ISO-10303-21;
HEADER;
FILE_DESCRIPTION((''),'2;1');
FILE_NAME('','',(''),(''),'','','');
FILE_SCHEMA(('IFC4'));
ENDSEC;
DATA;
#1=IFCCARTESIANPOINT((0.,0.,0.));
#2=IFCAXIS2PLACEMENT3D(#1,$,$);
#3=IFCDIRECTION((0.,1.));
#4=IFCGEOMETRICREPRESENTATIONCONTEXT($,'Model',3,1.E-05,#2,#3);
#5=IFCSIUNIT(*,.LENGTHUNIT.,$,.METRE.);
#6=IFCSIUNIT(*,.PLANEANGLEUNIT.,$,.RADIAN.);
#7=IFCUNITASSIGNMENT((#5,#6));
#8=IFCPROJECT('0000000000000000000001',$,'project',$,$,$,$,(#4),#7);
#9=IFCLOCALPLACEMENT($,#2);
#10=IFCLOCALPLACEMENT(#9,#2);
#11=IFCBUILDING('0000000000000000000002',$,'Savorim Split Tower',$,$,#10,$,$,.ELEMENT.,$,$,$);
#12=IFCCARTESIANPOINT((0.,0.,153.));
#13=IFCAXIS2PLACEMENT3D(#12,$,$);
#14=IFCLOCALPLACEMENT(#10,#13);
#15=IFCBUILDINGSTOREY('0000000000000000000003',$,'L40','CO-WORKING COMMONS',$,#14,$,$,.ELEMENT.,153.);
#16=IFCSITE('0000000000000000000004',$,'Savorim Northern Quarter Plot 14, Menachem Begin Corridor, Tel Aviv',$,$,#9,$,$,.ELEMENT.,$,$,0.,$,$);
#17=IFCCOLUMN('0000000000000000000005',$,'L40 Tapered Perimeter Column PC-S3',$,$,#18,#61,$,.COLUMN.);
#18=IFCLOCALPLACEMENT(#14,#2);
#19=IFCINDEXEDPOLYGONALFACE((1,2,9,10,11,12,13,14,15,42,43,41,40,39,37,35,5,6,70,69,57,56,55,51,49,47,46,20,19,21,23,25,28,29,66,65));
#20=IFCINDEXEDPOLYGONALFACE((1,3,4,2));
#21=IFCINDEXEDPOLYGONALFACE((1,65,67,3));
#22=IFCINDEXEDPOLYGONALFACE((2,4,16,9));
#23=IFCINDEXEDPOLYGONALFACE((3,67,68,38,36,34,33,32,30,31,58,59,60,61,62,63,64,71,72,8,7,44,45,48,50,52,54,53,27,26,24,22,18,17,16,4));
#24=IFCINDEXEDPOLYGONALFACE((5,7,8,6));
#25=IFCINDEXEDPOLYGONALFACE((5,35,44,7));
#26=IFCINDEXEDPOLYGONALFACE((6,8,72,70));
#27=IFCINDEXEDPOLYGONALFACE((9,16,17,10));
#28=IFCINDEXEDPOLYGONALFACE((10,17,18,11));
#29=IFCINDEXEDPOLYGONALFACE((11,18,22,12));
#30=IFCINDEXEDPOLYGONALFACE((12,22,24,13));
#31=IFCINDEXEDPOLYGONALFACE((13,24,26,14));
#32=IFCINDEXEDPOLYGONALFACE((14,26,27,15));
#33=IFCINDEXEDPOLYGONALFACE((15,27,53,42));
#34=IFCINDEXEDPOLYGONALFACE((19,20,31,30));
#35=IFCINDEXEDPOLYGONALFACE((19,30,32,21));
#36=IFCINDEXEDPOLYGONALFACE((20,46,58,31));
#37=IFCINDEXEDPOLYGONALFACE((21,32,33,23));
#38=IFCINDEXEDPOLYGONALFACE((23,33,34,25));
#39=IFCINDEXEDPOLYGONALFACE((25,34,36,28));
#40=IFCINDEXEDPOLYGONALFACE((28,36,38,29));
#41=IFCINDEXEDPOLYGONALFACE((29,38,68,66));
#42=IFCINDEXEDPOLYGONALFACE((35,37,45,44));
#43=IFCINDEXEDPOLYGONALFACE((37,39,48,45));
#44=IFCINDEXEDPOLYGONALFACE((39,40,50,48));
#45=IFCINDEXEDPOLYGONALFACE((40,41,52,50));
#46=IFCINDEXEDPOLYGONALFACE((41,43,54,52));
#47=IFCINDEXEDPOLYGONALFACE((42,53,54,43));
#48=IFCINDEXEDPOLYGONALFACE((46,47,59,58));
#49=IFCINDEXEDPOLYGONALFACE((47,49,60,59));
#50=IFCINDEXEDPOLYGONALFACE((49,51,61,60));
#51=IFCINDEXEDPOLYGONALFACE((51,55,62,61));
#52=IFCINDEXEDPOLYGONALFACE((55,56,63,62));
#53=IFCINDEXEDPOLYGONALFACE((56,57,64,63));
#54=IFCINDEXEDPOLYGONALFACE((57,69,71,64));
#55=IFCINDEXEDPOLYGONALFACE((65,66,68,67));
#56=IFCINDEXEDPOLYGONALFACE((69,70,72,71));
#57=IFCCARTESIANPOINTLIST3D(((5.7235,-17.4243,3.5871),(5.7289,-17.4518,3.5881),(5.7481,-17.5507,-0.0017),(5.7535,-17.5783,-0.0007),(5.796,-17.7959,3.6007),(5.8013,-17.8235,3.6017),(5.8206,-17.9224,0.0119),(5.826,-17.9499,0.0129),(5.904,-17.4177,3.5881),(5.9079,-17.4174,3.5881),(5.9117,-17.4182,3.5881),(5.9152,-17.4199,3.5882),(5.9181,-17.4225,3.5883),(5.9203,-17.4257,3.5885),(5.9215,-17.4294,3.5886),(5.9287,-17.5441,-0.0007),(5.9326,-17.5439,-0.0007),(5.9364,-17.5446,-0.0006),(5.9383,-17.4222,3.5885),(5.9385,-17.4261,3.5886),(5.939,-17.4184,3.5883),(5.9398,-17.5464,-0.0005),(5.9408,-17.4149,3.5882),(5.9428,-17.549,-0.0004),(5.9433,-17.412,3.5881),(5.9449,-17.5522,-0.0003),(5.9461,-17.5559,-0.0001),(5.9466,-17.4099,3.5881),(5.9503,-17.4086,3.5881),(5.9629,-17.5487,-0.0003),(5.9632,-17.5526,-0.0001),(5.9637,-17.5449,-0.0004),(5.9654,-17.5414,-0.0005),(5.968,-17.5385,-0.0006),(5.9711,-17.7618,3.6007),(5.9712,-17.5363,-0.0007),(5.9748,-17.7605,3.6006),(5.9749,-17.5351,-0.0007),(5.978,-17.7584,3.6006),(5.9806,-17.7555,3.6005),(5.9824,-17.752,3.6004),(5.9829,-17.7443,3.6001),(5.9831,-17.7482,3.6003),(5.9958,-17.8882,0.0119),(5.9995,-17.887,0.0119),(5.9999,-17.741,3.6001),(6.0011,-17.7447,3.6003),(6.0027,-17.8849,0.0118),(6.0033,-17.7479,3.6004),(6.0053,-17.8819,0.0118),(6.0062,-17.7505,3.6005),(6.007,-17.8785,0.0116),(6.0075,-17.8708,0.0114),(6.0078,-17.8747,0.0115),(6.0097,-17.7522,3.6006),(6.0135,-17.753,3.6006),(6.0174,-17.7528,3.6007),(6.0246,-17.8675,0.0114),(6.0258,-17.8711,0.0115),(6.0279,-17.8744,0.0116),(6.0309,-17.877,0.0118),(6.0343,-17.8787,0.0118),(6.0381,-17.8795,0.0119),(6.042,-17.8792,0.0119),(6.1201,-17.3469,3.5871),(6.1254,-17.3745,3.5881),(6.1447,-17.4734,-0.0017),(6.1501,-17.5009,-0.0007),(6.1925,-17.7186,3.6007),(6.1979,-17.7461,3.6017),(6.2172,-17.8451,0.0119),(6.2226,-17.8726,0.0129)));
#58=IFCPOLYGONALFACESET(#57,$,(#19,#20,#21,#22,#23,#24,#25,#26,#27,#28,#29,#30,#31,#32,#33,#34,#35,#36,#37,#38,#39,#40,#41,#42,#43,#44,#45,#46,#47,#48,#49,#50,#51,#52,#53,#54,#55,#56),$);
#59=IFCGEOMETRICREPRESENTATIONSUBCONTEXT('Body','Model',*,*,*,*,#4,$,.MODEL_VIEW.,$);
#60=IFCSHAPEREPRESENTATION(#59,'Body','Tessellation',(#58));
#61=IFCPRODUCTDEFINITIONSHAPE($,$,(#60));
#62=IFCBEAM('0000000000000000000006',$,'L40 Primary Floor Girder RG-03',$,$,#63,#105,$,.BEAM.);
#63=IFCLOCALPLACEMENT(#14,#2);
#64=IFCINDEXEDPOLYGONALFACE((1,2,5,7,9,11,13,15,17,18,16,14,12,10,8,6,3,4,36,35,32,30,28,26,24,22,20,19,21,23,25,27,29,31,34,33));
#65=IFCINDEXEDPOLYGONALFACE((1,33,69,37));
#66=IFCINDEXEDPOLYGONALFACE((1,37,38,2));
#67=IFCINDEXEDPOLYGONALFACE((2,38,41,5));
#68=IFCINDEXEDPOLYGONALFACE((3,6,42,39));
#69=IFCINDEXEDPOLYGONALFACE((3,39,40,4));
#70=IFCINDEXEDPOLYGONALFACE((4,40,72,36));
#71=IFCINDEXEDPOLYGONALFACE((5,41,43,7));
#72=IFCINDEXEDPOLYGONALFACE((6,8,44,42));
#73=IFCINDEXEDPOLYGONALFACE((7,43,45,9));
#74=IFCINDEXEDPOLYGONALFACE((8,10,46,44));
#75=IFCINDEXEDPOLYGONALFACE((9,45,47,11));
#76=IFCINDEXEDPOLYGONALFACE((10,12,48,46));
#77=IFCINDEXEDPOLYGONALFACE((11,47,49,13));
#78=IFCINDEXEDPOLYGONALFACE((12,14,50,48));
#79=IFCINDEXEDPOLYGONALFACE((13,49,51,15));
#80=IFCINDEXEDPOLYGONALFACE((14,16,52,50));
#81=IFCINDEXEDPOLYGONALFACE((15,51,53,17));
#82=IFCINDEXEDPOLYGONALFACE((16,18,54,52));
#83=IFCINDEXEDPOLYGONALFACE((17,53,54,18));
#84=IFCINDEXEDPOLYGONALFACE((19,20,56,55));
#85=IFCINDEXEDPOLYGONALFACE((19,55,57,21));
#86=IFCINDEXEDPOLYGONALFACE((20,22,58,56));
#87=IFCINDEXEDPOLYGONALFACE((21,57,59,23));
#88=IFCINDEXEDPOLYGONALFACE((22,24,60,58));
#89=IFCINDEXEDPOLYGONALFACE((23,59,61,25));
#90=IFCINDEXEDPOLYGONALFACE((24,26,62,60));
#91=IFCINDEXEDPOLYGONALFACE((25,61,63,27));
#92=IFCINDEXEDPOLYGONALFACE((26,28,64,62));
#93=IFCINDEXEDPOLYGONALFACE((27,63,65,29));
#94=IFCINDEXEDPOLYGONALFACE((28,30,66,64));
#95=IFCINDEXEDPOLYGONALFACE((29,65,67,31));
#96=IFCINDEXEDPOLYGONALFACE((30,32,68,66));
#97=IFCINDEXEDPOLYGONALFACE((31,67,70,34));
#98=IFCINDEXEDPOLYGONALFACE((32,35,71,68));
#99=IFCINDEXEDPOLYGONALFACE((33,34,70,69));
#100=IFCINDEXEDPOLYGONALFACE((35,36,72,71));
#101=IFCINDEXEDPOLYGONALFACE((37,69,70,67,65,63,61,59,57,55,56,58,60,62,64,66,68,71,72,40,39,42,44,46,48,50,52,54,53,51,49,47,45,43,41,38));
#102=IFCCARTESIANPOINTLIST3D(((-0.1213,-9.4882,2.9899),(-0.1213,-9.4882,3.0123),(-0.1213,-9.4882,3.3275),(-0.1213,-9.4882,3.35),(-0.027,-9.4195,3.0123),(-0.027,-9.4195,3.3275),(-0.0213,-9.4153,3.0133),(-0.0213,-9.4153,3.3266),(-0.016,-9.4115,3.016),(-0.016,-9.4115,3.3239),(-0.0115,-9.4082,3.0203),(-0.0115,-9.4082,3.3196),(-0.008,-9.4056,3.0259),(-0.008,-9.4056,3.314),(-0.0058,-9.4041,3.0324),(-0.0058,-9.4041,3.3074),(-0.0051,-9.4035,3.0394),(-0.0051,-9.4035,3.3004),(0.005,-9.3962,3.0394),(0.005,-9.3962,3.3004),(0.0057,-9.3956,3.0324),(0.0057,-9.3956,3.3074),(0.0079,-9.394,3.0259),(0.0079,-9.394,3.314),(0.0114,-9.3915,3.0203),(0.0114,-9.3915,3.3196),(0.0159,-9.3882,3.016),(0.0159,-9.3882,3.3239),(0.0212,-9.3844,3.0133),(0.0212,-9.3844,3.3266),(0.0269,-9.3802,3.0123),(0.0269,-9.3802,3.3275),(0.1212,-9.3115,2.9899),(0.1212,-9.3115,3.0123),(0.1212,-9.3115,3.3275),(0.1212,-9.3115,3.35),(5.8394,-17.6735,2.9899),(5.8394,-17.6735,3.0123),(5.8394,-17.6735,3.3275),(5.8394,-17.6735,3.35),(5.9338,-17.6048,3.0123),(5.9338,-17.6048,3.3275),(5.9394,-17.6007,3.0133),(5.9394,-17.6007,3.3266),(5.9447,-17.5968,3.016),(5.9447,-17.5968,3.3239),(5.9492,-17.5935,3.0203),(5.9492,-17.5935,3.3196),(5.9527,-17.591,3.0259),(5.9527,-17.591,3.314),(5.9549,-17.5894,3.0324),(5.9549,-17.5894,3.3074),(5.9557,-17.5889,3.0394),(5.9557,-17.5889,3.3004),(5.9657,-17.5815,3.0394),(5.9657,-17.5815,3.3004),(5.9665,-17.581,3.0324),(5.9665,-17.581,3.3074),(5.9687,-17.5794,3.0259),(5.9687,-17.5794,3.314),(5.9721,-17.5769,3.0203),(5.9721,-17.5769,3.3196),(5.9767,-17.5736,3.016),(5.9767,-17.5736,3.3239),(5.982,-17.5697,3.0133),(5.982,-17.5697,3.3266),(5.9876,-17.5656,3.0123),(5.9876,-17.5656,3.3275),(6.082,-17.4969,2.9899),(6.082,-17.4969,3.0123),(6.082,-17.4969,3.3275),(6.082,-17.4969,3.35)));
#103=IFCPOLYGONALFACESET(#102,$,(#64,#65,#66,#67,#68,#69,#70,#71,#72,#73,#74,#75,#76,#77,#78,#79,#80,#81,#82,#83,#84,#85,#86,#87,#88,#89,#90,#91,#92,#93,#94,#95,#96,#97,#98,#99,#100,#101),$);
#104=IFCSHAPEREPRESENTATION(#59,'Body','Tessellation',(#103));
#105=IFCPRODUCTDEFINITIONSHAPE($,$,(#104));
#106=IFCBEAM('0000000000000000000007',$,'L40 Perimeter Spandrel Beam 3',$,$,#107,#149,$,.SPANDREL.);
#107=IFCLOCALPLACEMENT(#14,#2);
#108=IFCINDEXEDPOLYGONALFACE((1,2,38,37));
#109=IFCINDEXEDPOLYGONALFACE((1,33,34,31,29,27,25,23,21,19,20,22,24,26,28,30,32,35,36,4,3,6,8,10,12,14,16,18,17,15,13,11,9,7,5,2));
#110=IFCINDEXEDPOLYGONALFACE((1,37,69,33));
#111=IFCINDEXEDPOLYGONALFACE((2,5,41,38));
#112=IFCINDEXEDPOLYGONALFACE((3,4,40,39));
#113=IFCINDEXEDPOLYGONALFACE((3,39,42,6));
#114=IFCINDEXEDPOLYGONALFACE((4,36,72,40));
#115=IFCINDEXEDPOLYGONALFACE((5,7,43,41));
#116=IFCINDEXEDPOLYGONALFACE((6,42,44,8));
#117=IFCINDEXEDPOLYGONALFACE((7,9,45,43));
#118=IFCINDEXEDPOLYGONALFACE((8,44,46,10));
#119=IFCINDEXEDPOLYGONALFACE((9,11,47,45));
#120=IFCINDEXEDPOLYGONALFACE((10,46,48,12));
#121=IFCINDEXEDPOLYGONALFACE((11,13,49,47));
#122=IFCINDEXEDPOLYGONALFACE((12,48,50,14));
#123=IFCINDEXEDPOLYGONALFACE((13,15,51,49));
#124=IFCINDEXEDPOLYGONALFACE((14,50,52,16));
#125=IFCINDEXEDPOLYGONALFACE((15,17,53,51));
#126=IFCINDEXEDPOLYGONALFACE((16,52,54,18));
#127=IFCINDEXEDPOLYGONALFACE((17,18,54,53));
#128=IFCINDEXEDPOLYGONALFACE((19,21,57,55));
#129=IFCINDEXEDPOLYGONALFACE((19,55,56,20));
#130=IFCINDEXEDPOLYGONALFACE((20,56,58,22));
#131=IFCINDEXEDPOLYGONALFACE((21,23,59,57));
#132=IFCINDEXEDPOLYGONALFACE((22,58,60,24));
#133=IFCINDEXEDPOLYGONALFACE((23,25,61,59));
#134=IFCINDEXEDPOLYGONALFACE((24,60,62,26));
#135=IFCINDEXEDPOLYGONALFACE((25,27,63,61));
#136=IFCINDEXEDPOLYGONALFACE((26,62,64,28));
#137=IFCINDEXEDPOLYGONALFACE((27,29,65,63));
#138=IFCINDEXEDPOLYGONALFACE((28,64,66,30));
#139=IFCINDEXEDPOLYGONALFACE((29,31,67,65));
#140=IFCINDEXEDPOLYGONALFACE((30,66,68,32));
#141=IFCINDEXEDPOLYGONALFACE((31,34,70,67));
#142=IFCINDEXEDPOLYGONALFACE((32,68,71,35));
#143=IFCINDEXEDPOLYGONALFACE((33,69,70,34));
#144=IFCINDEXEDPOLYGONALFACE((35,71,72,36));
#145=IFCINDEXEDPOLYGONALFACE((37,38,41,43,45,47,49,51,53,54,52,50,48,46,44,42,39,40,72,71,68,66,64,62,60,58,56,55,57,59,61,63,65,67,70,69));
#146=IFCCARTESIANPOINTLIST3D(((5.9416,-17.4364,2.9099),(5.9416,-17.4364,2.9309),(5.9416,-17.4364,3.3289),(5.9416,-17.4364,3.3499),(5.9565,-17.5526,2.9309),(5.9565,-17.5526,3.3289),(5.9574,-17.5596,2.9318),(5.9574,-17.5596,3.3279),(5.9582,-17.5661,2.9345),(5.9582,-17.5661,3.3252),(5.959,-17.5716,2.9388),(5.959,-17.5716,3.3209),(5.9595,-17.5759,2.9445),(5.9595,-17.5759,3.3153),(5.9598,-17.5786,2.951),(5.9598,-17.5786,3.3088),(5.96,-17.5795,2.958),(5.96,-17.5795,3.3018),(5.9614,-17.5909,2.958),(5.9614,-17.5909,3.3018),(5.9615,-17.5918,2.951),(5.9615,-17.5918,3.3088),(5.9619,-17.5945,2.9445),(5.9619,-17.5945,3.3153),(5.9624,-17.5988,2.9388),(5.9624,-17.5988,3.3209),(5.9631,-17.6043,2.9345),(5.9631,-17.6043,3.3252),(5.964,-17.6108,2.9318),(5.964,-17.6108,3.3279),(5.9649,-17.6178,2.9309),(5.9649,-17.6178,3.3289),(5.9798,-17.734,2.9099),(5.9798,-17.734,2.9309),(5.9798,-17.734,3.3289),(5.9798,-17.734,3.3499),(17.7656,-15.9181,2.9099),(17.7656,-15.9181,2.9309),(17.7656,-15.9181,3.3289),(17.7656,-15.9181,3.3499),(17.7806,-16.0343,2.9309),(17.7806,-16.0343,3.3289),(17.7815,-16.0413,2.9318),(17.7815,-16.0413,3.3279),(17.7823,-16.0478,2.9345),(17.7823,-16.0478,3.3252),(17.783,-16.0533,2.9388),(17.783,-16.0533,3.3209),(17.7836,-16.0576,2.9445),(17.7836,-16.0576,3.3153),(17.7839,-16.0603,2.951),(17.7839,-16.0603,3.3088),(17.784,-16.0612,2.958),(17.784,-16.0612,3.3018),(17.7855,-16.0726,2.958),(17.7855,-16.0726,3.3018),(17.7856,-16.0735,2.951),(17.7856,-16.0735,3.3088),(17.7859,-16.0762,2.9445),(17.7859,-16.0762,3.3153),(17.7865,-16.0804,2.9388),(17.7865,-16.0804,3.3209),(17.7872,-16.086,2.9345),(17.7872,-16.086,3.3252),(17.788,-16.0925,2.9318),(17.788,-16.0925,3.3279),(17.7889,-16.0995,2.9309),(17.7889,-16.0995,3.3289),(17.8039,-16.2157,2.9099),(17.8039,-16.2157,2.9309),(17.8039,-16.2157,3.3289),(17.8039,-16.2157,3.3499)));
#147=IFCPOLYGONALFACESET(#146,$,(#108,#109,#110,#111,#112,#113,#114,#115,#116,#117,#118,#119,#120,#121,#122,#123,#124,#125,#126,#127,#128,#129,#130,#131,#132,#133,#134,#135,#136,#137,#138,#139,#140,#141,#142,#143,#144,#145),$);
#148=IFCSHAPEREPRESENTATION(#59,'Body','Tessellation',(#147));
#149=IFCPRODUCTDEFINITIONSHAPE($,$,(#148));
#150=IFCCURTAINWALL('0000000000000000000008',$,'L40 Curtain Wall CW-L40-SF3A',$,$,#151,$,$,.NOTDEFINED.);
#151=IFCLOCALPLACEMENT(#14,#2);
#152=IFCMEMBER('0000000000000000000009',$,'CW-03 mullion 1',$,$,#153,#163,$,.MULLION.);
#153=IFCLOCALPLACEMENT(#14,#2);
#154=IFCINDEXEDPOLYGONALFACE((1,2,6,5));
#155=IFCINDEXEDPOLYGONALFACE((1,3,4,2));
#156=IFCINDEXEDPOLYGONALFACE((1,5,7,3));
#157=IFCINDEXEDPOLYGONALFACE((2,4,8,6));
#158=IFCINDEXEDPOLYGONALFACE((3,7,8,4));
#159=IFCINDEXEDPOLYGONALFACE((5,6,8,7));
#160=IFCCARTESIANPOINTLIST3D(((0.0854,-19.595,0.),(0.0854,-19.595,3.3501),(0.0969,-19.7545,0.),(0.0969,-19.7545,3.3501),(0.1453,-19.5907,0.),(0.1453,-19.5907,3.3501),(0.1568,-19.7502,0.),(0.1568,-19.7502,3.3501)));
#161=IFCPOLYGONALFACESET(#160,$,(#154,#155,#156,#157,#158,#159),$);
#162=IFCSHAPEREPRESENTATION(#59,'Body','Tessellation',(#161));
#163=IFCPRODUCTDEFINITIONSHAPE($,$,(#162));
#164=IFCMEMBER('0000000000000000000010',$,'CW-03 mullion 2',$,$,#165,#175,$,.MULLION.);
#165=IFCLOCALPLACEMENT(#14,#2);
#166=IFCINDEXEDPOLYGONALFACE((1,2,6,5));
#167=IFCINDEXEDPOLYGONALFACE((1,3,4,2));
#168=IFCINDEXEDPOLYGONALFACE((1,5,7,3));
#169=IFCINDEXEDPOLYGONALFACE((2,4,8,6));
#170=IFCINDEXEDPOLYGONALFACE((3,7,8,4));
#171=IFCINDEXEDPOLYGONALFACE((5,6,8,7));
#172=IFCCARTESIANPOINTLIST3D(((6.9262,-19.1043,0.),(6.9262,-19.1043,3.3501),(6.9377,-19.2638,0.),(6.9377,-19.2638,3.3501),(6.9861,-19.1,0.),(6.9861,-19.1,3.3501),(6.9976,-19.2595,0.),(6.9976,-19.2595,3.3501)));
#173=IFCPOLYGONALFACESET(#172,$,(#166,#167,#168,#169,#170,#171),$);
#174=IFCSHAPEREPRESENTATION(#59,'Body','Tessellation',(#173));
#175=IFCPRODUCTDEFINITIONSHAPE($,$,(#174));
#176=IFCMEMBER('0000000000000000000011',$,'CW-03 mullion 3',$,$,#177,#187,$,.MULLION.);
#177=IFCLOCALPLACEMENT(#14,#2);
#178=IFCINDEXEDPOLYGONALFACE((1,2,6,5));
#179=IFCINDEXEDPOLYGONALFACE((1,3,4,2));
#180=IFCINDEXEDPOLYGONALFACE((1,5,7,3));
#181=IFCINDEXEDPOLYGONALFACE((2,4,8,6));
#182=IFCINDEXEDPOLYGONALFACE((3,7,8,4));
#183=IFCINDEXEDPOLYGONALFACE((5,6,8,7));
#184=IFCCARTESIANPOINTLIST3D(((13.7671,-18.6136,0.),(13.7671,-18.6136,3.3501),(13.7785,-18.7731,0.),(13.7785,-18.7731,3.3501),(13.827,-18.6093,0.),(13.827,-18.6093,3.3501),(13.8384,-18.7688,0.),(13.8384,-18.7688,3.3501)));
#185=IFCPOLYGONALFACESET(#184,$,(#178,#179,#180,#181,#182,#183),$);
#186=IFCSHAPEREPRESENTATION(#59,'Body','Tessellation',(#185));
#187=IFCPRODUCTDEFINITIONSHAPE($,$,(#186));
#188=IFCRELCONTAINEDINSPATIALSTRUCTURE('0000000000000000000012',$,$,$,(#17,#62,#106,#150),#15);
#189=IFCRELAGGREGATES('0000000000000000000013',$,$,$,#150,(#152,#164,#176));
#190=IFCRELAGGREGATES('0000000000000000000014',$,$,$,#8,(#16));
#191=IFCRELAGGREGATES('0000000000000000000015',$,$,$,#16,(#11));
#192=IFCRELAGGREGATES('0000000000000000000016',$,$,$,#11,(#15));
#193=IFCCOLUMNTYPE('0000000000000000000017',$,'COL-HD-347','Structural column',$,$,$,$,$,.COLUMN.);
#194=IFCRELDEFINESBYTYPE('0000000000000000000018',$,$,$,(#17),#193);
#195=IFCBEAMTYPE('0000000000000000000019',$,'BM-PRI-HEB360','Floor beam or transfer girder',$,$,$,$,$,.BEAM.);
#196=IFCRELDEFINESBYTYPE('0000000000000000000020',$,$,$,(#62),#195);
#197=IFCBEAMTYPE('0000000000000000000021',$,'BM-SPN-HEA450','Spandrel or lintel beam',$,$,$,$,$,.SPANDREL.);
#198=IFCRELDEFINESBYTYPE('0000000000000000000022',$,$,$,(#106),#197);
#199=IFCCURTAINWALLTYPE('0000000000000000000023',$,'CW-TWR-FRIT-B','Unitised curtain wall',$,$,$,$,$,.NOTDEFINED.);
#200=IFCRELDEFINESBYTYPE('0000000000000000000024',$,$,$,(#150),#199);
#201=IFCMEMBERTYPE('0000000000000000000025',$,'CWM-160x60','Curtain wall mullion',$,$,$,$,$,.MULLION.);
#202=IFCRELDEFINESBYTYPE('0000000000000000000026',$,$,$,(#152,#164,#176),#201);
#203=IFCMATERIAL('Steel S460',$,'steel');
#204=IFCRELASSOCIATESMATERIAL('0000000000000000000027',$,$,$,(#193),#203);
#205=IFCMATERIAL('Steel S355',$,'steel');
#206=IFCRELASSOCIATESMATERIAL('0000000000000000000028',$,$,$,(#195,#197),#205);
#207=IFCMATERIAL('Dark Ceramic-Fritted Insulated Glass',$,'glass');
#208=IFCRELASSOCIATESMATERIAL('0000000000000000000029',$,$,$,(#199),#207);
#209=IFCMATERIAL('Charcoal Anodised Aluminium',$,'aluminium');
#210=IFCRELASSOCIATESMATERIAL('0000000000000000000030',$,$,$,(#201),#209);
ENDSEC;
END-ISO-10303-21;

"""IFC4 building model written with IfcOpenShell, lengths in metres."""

from ifc_helpers import new_model, si_unit, direction, frame, origin, origin_2d, place, context, subcontext, project, spatial, rectangle, i_section, extrude, material, material_profile, profile_set, type_object, element, aggregate, save


model = new_model("IFC4")

# Units and contexts
model_context = context("Model", 3, precision=1e-05, world=origin(), true_north=direction((0.0, 1.0)))
body_context = subcontext(model_context, "Body", "Model", "MODEL_VIEW")
ifc_project = project(units=[si_unit("LENGTHUNIT", "METRE"), si_unit("PLANEANGLEUNIT", "RADIAN")], contexts=[model_context])

# Site, building, storey
site_placement = place(None, origin())
site = spatial("IfcSite", under=ifc_project, at=site_placement, Name="Savorim Northern Quarter Plot 14, Menachem Begin Corridor, Tel Aviv", CompositionType="ELEMENT", RefElevation=0.0)
building_placement = place(site_placement, origin())
building = spatial("IfcBuilding", under=site, at=building_placement, Name="Savorim Split Tower", CompositionType="ELEMENT")
storey_placement = place(building_placement, frame((0.0, 0.0, 153.0)))
storey = spatial("IfcBuildingStorey", under=building, at=storey_placement, Name="L40", Description="CO-WORKING COMMONS", CompositionType="ELEMENT", Elevation=153.0)

# Column
ifc_material_1 = material(Name="Steel S460", Category="steel")
ifc_material_profile_1 = material_profile(ifc_material_1, i_section(OverallWidth=0.4041, OverallDepth=0.407, WebThickness=0.0173, FlangeThickness=0.0281, FilletRadius=0.0149, at=origin_2d()), Name="HD 400x347")
ifc_profile_set_1 = profile_set([ifc_material_profile_1], Name="Steel S460")
column_type = type_object("IfcColumnType", Name="COL-HD-347", Description="Structural column", PredefinedType="COLUMN", material=ifc_profile_set_1)
column_placement = place(storey_placement, frame((5.9854, -17.7117, 0.0056), z_axis=(-0.006866, 0.035215, 0.999356), x_axis=(-0.981517, -0.191377, 0.0)))
element("IfcColumn", 1, at=column_placement, inside=storey, type_object=column_type, Name="L40 Tapered Perimeter Column PC-S3", PredefinedType="COLUMN", context=body_context, shape_type="SweptSolid", body=[
    extrude(i_section(OverallWidth=0.4041, OverallDepth=0.407, WebThickness=0.0173, FlangeThickness=0.0281, FilletRadius=0.0149, at=origin_2d()), origin(), (0.0, 0.0, 1.0), 3.5911),
])

# Beams
ifc_material_2 = material(Name="Steel S355", Category="steel")
ifc_material_profile_2 = material_profile(ifc_material_2, i_section(OverallWidth=0.3, OverallDepth=0.3601, WebThickness=0.0125, FlangeThickness=0.0225, FilletRadius=0.0271, at=origin_2d()), Name="HEB 360")
ifc_profile_set_2 = profile_set([ifc_material_profile_2], Name="Steel S355")
beam_type_1 = type_object("IfcBeamType", Name="BM-PRI-HEB360", Description="Floor beam or transfer girder", PredefinedType="BEAM", material=ifc_profile_set_2)
beam_1_placement = place(storey_placement, frame((5.9607, -17.5852, 3.1699), z_axis=(-0.588672, 0.808372, 0.0), x_axis=(-0.808372, -0.588672, 0.0)))
element("IfcBeam", 2, at=beam_1_placement, inside=storey, type_object=beam_type_1, Name="L40 Primary Floor Girder RG-03", PredefinedType="BEAM", context=body_context, shape_type="SweptSolid", body=[
    extrude(i_section(OverallWidth=0.3, OverallDepth=0.3601, WebThickness=0.0125, FlangeThickness=0.0225, FilletRadius=0.0271, at=origin_2d()), origin(), (0.0, 0.0, 1.0), 10.1257),
])
ifc_material_profile_3 = material_profile(ifc_material_2, i_section(OverallWidth=0.3, OverallDepth=0.4399, WebThickness=0.0115, FlangeThickness=0.021, FilletRadius=0.0271, at=origin_2d()), Name="HEA 450")
ifc_profile_set_3 = profile_set([ifc_material_profile_3], Name="Steel S355")
beam_type_2 = type_object("IfcBeamType", Name="BM-SPN-HEA450", Description="Spandrel or lintel beam", PredefinedType="SPANDREL", material=ifc_profile_set_3)
beam_2_placement = place(storey_placement, frame((5.9607, -17.5852, 3.1299), z_axis=(0.991856, 0.127364, 0.0), x_axis=(-0.127364, 0.991856, 0.0)))
element("IfcBeam", 3, at=beam_2_placement, inside=storey, type_object=beam_type_2, Name="L40 Perimeter Spandrel Beam 3", PredefinedType="SPANDREL", context=body_context, shape_type="SweptSolid", body=[
    extrude(i_section(OverallWidth=0.3, OverallDepth=0.4399, WebThickness=0.0115, FlangeThickness=0.021, FilletRadius=0.0271, at=origin_2d()), origin(), (0.0, 0.0, 1.0), 11.9211),
])

# Curtain wall, members
ifc_material_3 = material(Name="Dark Ceramic-Fritted Insulated Glass", Category="glass")
curtain_wall_type = type_object("IfcCurtainWallType", Name="CW-TWR-FRIT-B", Description="Unitised curtain wall", PredefinedType="NOTDEFINED", material=ifc_material_3)
curtain_wall_placement = place(storey_placement, origin())
curtain_wall = element("IfcCurtainWall", 4, at=curtain_wall_placement, inside=storey, type_object=curtain_wall_type, Name="L40 Curtain Wall CW-L40-SF3A", PredefinedType="NOTDEFINED")
ifc_material_4 = material(Name="Charcoal Anodised Aluminium", Category="aluminium")
ifc_material_profile_4 = material_profile(ifc_material_4, rectangle(XDim=0.1599, YDim=0.0601, at=origin_2d()), Name="ALU-M 160x60")
ifc_profile_set_4 = profile_set([ifc_material_profile_4], Name="Charcoal Anodised Aluminium")
member_type_1 = type_object("IfcMemberType", Name="CWM-160x60", Description="Curtain wall mullion", PredefinedType="MULLION", material=ifc_profile_set_4)
member_1_placement = place(storey_placement, frame((0.1211, -19.6726, 0.0), z_axis=(0.0, 0.0, 1.0), x_axis=(-0.071563, 0.997436, 0.0)))
member_1 = element("IfcMember", 5, at=member_1_placement, type_object=member_type_1, Name="CW-03 mullion 1", PredefinedType="MULLION", context=body_context, shape_type="SweptSolid", body=[
    extrude(rectangle(XDim=0.1599, YDim=0.0601, at=origin_2d()), origin(), (0.0, 0.0, 1.0), 3.3501),
])
member_2_placement = place(storey_placement, frame((6.9619, -19.1819, 0.0), z_axis=(0.0, 0.0, 1.0), x_axis=(-0.071563, 0.997436, 0.0)))
member_2 = element("IfcMember", 6, at=member_2_placement, type_object=member_type_1, Name="CW-03 mullion 2", PredefinedType="MULLION", context=body_context, shape_type="SweptSolid", body=[
    extrude(rectangle(XDim=0.1599, YDim=0.0601, at=origin_2d()), origin(), (0.0, 0.0, 1.0), 3.3501),
])
member_3_placement = place(storey_placement, frame((13.8027, -18.6912, 0.0), z_axis=(0.0, 0.0, 1.0), x_axis=(-0.071563, 0.997436, 0.0)))
member_3 = element("IfcMember", 7, at=member_3_placement, type_object=member_type_1, Name="CW-03 mullion 3", PredefinedType="MULLION", context=body_context, shape_type="SweptSolid", body=[
    extrude(rectangle(XDim=0.1599, YDim=0.0601, at=origin_2d()), origin(), (0.0, 0.0, 1.0), 3.3501),
])
aggregate(curtain_wall, [member_1, member_2, member_3])

save(model, "model.ifc")
